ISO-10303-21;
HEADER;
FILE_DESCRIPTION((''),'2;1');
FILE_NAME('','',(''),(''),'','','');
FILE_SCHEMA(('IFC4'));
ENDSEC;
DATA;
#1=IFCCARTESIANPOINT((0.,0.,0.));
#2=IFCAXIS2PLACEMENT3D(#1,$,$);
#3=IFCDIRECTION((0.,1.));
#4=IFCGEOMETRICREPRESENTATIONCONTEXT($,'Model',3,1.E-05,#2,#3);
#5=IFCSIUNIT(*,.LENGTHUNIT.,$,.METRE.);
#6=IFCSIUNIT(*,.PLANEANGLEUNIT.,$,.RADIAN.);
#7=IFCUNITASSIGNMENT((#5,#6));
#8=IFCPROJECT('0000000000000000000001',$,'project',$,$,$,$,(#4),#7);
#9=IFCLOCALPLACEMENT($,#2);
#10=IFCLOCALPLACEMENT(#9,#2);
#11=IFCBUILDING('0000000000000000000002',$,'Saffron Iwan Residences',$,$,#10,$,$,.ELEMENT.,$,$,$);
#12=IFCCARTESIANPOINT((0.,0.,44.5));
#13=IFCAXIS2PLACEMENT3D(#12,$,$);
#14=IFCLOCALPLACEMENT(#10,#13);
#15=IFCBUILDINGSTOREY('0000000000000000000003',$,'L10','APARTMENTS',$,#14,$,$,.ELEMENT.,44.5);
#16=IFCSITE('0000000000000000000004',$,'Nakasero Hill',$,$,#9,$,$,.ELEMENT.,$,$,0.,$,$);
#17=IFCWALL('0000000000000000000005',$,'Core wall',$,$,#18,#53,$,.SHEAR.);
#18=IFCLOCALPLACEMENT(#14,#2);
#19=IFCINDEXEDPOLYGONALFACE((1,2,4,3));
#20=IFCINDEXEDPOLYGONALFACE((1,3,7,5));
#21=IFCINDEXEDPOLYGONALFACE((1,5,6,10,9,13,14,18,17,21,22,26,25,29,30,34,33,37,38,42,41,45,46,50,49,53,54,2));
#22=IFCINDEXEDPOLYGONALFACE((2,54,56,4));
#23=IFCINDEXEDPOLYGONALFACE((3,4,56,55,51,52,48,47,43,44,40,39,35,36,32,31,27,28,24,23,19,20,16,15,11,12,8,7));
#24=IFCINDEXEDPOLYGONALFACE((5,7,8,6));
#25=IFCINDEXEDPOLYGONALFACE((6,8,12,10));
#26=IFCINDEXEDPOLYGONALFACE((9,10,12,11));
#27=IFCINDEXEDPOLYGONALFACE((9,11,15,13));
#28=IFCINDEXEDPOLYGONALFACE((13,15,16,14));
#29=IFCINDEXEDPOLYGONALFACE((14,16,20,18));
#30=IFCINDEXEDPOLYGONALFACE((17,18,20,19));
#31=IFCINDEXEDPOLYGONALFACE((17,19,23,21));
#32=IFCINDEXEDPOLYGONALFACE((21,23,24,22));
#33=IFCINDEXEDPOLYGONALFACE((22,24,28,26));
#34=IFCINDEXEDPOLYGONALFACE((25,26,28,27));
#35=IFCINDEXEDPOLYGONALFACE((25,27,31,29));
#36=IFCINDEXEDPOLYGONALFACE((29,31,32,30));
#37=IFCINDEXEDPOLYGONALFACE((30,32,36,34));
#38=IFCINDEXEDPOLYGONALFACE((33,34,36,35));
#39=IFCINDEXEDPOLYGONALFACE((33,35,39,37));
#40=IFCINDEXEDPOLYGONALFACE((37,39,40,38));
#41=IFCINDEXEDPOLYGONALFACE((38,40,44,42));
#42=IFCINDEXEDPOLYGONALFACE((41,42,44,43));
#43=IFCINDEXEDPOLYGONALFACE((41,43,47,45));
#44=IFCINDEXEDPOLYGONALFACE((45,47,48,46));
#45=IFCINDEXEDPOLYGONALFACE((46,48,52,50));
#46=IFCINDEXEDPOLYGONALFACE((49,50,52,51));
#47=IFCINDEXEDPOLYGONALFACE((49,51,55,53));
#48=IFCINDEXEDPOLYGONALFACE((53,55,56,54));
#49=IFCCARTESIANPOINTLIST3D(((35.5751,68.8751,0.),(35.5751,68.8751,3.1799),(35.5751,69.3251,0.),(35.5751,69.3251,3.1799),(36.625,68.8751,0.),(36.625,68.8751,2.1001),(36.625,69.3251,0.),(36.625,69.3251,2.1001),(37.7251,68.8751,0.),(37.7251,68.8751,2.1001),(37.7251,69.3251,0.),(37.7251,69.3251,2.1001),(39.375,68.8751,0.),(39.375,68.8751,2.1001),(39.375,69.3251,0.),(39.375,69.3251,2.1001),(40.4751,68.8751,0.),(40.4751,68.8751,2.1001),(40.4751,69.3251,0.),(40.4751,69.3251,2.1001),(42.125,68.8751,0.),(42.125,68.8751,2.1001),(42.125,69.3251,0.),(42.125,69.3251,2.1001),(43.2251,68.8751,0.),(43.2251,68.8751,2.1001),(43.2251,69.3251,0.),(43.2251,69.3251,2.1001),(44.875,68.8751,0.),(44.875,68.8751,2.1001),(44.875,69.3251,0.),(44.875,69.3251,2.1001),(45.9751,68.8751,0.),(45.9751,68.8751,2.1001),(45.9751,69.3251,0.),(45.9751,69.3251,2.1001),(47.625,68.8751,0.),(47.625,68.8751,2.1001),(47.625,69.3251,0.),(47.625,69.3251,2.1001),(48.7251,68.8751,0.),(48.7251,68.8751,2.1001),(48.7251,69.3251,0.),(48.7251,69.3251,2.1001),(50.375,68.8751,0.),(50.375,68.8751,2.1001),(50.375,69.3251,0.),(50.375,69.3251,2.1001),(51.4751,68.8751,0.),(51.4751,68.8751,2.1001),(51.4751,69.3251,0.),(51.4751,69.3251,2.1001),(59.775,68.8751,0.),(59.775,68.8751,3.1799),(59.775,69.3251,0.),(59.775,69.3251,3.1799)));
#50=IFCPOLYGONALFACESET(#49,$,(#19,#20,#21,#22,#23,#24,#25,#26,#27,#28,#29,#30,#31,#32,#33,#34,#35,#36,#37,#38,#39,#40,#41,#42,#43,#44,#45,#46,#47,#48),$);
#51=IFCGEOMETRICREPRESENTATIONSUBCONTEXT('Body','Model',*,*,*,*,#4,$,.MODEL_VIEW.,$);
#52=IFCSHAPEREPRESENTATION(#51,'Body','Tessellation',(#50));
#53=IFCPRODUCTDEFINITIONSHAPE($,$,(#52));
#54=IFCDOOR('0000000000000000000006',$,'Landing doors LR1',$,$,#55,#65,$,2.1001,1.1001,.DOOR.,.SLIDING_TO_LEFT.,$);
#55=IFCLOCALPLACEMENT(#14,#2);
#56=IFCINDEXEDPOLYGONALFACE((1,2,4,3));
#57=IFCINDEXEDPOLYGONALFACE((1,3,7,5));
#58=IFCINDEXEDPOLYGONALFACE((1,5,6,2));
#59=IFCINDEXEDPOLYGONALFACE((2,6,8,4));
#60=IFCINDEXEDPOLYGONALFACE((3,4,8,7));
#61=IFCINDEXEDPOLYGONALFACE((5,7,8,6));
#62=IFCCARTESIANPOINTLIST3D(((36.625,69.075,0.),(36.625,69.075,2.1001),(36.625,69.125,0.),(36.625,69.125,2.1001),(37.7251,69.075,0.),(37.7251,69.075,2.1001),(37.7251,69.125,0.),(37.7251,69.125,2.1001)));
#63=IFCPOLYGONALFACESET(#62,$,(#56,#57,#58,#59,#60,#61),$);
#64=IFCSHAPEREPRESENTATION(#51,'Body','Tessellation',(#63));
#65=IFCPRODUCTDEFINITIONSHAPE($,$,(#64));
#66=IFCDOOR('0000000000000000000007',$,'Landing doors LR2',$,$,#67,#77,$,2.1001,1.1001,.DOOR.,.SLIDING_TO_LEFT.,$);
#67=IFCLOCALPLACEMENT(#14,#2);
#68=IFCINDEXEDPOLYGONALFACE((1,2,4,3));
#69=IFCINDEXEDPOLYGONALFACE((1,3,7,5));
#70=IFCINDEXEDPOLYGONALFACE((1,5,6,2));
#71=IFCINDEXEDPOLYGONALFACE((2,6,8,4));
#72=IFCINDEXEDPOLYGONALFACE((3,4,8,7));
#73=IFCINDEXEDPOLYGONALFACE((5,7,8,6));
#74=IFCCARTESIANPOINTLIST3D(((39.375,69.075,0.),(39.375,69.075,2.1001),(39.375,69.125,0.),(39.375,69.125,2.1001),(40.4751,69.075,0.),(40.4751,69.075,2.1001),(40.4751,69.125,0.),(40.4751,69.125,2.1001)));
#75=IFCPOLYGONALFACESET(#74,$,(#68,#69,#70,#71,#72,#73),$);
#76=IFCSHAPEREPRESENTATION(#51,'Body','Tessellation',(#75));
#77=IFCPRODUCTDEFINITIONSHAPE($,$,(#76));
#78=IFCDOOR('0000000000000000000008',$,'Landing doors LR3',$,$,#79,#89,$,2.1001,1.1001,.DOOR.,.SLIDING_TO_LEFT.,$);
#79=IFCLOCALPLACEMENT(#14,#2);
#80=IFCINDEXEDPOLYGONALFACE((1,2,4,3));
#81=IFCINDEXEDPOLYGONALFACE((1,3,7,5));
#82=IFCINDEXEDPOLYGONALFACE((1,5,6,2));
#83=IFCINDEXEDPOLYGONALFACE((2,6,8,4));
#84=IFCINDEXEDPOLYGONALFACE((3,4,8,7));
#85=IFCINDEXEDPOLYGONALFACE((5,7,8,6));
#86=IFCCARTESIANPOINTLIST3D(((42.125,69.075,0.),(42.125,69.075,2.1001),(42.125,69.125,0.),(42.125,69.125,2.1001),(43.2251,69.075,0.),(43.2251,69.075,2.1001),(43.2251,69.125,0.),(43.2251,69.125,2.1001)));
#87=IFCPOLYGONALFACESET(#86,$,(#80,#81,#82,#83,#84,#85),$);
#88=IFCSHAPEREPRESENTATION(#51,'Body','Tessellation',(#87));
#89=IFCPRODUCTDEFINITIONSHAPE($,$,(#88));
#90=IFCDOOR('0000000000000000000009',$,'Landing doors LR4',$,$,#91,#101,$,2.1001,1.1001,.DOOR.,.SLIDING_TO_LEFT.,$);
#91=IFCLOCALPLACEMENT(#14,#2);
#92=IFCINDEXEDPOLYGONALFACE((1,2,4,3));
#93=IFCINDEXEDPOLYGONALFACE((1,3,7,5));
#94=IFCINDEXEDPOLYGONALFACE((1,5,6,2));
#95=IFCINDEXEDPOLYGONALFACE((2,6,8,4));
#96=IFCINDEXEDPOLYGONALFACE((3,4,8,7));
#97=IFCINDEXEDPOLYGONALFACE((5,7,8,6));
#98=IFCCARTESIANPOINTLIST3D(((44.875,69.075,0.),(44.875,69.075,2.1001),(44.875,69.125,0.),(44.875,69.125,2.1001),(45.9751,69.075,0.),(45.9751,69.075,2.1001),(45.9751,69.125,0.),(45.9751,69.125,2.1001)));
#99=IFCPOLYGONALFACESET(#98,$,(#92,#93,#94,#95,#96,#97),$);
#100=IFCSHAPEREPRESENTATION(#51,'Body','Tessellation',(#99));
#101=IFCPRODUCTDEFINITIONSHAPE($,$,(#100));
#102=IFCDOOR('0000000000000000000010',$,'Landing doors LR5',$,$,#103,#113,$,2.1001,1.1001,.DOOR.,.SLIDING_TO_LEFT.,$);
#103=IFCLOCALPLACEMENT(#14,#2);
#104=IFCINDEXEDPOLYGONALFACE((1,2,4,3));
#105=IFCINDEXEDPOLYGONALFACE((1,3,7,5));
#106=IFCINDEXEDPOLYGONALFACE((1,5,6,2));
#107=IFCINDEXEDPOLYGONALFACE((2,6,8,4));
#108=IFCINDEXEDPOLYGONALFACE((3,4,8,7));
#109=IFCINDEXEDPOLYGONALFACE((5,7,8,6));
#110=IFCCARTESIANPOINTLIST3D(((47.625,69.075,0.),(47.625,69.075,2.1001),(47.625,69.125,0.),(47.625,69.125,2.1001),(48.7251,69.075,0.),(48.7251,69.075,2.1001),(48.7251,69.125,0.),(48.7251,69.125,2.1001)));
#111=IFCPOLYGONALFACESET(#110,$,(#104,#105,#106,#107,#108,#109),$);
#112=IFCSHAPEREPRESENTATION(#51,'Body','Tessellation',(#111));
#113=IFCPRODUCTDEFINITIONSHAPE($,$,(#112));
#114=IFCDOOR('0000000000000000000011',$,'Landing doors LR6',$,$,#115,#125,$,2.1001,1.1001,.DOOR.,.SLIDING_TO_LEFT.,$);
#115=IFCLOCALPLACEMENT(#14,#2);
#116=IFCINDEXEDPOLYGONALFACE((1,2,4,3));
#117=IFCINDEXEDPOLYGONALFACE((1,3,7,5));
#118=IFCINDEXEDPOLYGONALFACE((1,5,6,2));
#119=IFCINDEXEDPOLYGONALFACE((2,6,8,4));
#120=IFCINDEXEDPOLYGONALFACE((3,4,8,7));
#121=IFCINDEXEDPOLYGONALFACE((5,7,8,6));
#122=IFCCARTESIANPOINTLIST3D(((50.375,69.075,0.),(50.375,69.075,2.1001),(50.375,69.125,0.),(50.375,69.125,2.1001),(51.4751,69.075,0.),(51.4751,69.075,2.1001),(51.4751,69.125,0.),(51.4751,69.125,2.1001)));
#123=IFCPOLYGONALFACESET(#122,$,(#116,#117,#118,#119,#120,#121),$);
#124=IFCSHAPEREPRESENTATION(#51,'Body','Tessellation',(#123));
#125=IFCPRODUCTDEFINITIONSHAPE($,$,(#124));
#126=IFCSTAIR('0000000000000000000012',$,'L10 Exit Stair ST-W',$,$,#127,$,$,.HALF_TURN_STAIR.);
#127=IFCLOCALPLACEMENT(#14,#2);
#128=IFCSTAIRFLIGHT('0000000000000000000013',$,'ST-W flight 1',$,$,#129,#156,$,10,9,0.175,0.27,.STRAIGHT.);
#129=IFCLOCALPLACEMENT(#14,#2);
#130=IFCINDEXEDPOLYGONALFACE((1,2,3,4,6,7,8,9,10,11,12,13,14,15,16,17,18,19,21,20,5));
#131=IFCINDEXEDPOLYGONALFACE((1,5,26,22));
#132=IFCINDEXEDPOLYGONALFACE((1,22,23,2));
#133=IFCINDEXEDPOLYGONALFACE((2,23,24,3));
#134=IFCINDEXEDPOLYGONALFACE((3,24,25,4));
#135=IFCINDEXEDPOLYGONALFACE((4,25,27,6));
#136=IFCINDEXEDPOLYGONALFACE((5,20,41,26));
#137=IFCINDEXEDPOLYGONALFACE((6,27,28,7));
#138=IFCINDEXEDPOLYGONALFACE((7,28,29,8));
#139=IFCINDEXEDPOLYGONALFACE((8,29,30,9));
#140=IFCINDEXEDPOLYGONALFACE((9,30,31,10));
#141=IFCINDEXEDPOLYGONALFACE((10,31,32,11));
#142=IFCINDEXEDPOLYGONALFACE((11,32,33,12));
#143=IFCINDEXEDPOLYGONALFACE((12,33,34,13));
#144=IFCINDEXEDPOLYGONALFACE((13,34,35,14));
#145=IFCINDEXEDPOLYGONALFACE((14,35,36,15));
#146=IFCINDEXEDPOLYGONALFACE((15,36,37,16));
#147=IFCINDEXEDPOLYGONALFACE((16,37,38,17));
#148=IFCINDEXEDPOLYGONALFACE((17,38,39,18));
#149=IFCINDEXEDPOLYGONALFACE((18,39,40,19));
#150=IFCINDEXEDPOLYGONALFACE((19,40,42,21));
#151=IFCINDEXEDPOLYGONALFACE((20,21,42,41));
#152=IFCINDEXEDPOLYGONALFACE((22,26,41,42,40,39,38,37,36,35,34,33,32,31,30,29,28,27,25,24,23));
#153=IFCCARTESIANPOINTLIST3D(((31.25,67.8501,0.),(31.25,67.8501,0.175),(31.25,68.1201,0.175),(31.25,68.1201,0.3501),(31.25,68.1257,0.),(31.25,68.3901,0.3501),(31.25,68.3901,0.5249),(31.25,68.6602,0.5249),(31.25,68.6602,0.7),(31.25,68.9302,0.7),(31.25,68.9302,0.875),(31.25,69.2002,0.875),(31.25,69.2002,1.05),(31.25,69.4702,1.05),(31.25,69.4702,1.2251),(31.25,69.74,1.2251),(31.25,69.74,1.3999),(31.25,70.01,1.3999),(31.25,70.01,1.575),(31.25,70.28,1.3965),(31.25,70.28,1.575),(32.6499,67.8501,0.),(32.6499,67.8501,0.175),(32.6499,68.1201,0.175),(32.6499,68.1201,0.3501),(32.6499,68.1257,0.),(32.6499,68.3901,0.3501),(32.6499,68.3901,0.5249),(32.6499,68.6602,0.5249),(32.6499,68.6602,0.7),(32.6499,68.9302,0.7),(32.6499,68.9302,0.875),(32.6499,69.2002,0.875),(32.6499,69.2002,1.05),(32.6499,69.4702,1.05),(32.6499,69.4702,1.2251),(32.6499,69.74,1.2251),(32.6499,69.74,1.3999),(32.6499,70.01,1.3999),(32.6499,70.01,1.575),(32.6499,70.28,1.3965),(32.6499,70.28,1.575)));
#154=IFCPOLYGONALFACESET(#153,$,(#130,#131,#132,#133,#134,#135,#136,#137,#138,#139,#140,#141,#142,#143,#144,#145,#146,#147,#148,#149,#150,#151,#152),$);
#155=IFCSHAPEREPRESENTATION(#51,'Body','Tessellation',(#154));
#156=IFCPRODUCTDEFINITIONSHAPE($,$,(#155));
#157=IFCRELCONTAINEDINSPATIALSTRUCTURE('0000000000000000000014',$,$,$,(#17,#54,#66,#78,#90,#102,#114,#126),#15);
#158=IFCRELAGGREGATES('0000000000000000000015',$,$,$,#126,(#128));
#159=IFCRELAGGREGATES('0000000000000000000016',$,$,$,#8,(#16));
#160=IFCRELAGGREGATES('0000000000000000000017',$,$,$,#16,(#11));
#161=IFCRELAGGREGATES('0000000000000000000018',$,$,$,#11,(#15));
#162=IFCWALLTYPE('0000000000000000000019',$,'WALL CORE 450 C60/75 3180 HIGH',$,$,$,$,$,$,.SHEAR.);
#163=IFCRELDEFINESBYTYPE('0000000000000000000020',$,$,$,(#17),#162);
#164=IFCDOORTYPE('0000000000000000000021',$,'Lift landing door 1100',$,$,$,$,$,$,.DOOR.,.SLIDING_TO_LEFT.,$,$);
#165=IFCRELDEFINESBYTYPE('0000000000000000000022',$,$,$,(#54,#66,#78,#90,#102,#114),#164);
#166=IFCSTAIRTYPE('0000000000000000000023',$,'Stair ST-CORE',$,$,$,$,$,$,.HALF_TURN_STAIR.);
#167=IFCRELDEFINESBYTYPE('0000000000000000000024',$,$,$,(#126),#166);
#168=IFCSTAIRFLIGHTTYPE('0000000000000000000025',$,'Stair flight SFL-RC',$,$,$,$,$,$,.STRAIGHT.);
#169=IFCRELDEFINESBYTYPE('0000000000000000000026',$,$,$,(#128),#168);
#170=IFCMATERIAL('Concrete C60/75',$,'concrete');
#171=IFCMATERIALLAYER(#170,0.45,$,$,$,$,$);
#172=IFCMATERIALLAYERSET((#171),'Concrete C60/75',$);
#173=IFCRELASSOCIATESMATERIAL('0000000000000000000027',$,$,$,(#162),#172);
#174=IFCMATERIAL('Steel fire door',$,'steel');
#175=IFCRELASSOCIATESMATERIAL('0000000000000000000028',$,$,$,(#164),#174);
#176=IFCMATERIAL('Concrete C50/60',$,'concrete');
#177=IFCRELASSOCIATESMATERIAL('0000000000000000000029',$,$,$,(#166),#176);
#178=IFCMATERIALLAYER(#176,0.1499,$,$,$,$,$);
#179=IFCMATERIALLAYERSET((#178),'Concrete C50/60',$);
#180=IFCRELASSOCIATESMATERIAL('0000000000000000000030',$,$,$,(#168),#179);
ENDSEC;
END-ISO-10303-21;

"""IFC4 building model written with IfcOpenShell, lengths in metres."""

from ifc_helpers import new_model, si_unit, direction, frame, frame_2d, origin, place, context, subcontext, project, spatial, polyline, rectangle, outline, extrude, material, layer, layer_set, type_object, element, fill, aggregate, save


model = new_model("IFC4")

# Units and contexts
model_context = context("Model", 3, precision=1e-05, world=origin(), true_north=direction((0.0, 1.0)))
body_context = subcontext(model_context, "Body", "Model", "MODEL_VIEW")
ifc_project = project(units=[si_unit("LENGTHUNIT", "METRE"), si_unit("PLANEANGLEUNIT", "RADIAN")], contexts=[model_context])

# Site, building, storey
site_placement = place(None, origin())
site = spatial("IfcSite", under=ifc_project, at=site_placement, Name="Nakasero Hill", CompositionType="ELEMENT", RefElevation=0.0)
building_placement = place(site_placement, origin())
building = spatial("IfcBuilding", under=site, at=building_placement, Name="Saffron Iwan Residences", CompositionType="ELEMENT")
storey_placement = place(building_placement, frame((0.0, 0.0, 44.5)))
storey = spatial("IfcBuildingStorey", under=building, at=storey_placement, Name="L10", Description="APARTMENTS", CompositionType="ELEMENT", Elevation=44.5)

# Wall, openings, doors
ifc_material_1 = material(Name="Concrete C60/75", Category="concrete")
ifc_layer_1 = layer(ifc_material_1, 0.45)
ifc_layer_set_1 = layer_set([ifc_layer_1], Name="Concrete C60/75")
wall_type = type_object("IfcWallType", Name="WALL CORE 450 C60/75 3180 HIGH", PredefinedType="SHEAR", material=ifc_layer_set_1)
wall_placement = place(storey_placement, frame((35.575, 69.1001, 0.0), z_axis=(0.0, 0.0, 1.0), x_axis=(1.0, 0.0, 0.0)))
wall = element("IfcWall", 1, at=wall_placement, inside=storey, type_object=wall_type, Name="Core wall", PredefinedType="SHEAR", context=body_context, shape_type="SweptSolid", body=[
    extrude(rectangle(XDim=24.2, YDim=0.45, at=frame_2d((12.1001, 0.0))), origin(), (0.0, 0.0, 1.0), 3.1799),
])
opening_1_placement = place(wall_placement, frame((1.05, 0.0, 0.0)))
opening_1 = element("IfcOpeningElement", 2, at=opening_1_placement, cuts=wall, PredefinedType="OPENING", context=body_context, shape_type="SweptSolid", body=[
    extrude(rectangle(XDim=1.1001, YDim=2.1001, at=frame_2d((0.55, 1.05))), frame((0.0, 0.2349, 0.0), z_axis=(0.0, -1.0, 0.0), x_axis=(1.0, 0.0, 0.0)), (0.0, 0.0, 1.0), 0.47),
])
opening_2_placement = place(wall_placement, frame((3.8, 0.0, 0.0)))
opening_2 = element("IfcOpeningElement", 3, at=opening_2_placement, cuts=wall, PredefinedType="OPENING", context=body_context, shape_type="SweptSolid", body=[
    extrude(rectangle(XDim=1.1001, YDim=2.1001, at=frame_2d((0.55, 1.05))), frame((0.0, 0.2349, 0.0), z_axis=(0.0, -1.0, 0.0), x_axis=(1.0, 0.0, 0.0)), (0.0, 0.0, 1.0), 0.47),
])
opening_3_placement = place(wall_placement, frame((6.55, 0.0, 0.0)))
opening_3 = element("IfcOpeningElement", 4, at=opening_3_placement, cuts=wall, PredefinedType="OPENING", context=body_context, shape_type="SweptSolid", body=[
    extrude(rectangle(XDim=1.1001, YDim=2.1001, at=frame_2d((0.55, 1.05))), frame((0.0, 0.2349, 0.0), z_axis=(0.0, -1.0, 0.0), x_axis=(1.0, 0.0, 0.0)), (0.0, 0.0, 1.0), 0.47),
])
opening_4_placement = place(wall_placement, frame((9.3, 0.0, 0.0)))
opening_4 = element("IfcOpeningElement", 5, at=opening_4_placement, cuts=wall, PredefinedType="OPENING", context=body_context, shape_type="SweptSolid", body=[
    extrude(rectangle(XDim=1.1001, YDim=2.1001, at=frame_2d((0.55, 1.05))), frame((0.0, 0.2349, 0.0), z_axis=(0.0, -1.0, 0.0), x_axis=(1.0, 0.0, 0.0)), (0.0, 0.0, 1.0), 0.47),
])
opening_5_placement = place(wall_placement, frame((12.05, 0.0, 0.0)))
opening_5 = element("IfcOpeningElement", 6, at=opening_5_placement, cuts=wall, PredefinedType="OPENING", context=body_context, shape_type="SweptSolid", body=[
    extrude(rectangle(XDim=1.1001, YDim=2.1001, at=frame_2d((0.55, 1.05))), frame((0.0, 0.2349, 0.0), z_axis=(0.0, -1.0, 0.0), x_axis=(1.0, 0.0, 0.0)), (0.0, 0.0, 1.0), 0.47),
])
opening_6_placement = place(wall_placement, frame((14.8, 0.0, 0.0)))
opening_6 = element("IfcOpeningElement", 7, at=opening_6_placement, cuts=wall, PredefinedType="OPENING", context=body_context, shape_type="SweptSolid", body=[
    extrude(rectangle(XDim=1.1001, YDim=2.1001, at=frame_2d((0.55, 1.05))), frame((0.0, 0.2349, 0.0), z_axis=(0.0, -1.0, 0.0), x_axis=(1.0, 0.0, 0.0)), (0.0, 0.0, 1.0), 0.47),
])
ifc_material_2 = material(Name="Steel fire door", Category="steel")
door_type = type_object("IfcDoorType", Name="Lift landing door 1100", OperationType="SLIDING_TO_LEFT", PredefinedType="DOOR", material=ifc_material_2)
door_1_placement = place(opening_1_placement, origin())
door_1 = element("IfcDoor", 8, at=door_1_placement, inside=storey, type_object=door_type, Name="Landing doors LR1", OperationType="SLIDING_TO_LEFT", OverallHeight=2.1001, OverallWidth=1.1001, PredefinedType="DOOR", context=body_context, shape_type="SweptSolid", body=[
    extrude(rectangle(XDim=1.1001, YDim=2.1001, at=frame_2d((0.55, 1.05))), frame((0.0, 0.0249, 0.0), z_axis=(0.0, -1.0, 0.0), x_axis=(1.0, 0.0, 0.0)), (0.0, 0.0, 1.0), 0.05),
])
fill(opening_1, door_1)
door_2_placement = place(opening_2_placement, origin())
door_2 = element("IfcDoor", 9, at=door_2_placement, inside=storey, type_object=door_type, Name="Landing doors LR2", OperationType="SLIDING_TO_LEFT", OverallHeight=2.1001, OverallWidth=1.1001, PredefinedType="DOOR", context=body_context, shape_type="SweptSolid", body=[
    extrude(rectangle(XDim=1.1001, YDim=2.1001, at=frame_2d((0.55, 1.05))), frame((0.0, 0.0249, 0.0), z_axis=(0.0, -1.0, 0.0), x_axis=(1.0, 0.0, 0.0)), (0.0, 0.0, 1.0), 0.05),
])
fill(opening_2, door_2)
door_3_placement = place(opening_3_placement, origin())
door_3 = element("IfcDoor", 10, at=door_3_placement, inside=storey, type_object=door_type, Name="Landing doors LR3", OperationType="SLIDING_TO_LEFT", OverallHeight=2.1001, OverallWidth=1.1001, PredefinedType="DOOR", context=body_context, shape_type="SweptSolid", body=[
    extrude(rectangle(XDim=1.1001, YDim=2.1001, at=frame_2d((0.55, 1.05))), frame((0.0, 0.0249, 0.0), z_axis=(0.0, -1.0, 0.0), x_axis=(1.0, 0.0, 0.0)), (0.0, 0.0, 1.0), 0.05),
])
fill(opening_3, door_3)
door_4_placement = place(opening_4_placement, origin())
door_4 = element("IfcDoor", 11, at=door_4_placement, inside=storey, type_object=door_type, Name="Landing doors LR4", OperationType="SLIDING_TO_LEFT", OverallHeight=2.1001, OverallWidth=1.1001, PredefinedType="DOOR", context=body_context, shape_type="SweptSolid", body=[
    extrude(rectangle(XDim=1.1001, YDim=2.1001, at=frame_2d((0.55, 1.05))), frame((0.0, 0.0249, 0.0), z_axis=(0.0, -1.0, 0.0), x_axis=(1.0, 0.0, 0.0)), (0.0, 0.0, 1.0), 0.05),
])
fill(opening_4, door_4)
door_5_placement = place(opening_5_placement, origin())
door_5 = element("IfcDoor", 12, at=door_5_placement, inside=storey, type_object=door_type, Name="Landing doors LR5", OperationType="SLIDING_TO_LEFT", OverallHeight=2.1001, OverallWidth=1.1001, PredefinedType="DOOR", context=body_context, shape_type="SweptSolid", body=[
    extrude(rectangle(XDim=1.1001, YDim=2.1001, at=frame_2d((0.55, 1.05))), frame((0.0, 0.0249, 0.0), z_axis=(0.0, -1.0, 0.0), x_axis=(1.0, 0.0, 0.0)), (0.0, 0.0, 1.0), 0.05),
])
fill(opening_5, door_5)
door_6_placement = place(opening_6_placement, origin())
door_6 = element("IfcDoor", 13, at=door_6_placement, inside=storey, type_object=door_type, Name="Landing doors LR6", OperationType="SLIDING_TO_LEFT", OverallHeight=2.1001, OverallWidth=1.1001, PredefinedType="DOOR", context=body_context, shape_type="SweptSolid", body=[
    extrude(rectangle(XDim=1.1001, YDim=2.1001, at=frame_2d((0.55, 1.05))), frame((0.0, 0.0249, 0.0), z_axis=(0.0, -1.0, 0.0), x_axis=(1.0, 0.0, 0.0)), (0.0, 0.0, 1.0), 0.05),
])
fill(opening_6, door_6)

# Stair, stair flight
ifc_material_3 = material(Name="Concrete C50/60", Category="concrete")
stair_type = type_object("IfcStairType", Name="Stair ST-CORE", PredefinedType="HALF_TURN_STAIR", material=ifc_material_3)
stair_placement = place(storey_placement, origin())
stair = element("IfcStair", 14, at=stair_placement, inside=storey, type_object=stair_type, Name="L10 Exit Stair ST-W", PredefinedType="HALF_TURN_STAIR")
ifc_layer_2 = layer(ifc_material_3, 0.1499)
ifc_layer_set_2 = layer_set([ifc_layer_2], Name="Concrete C50/60")
stair_flight_type = type_object("IfcStairFlightType", Name="Stair flight SFL-RC", PredefinedType="STRAIGHT", material=ifc_layer_set_2)
stair_flight_placement = place(storey_placement, frame((31.95, 67.8501, 0.0), z_axis=(0.0, 0.0, 1.0), x_axis=(0.0, 1.0, 0.0)))
stair_flight = element("IfcStairFlight", 15, at=stair_flight_placement, type_object=stair_flight_type, Name="ST-W flight 1", NumberOfRisers=10, NumberOfTreads=9, PredefinedType="STRAIGHT", RiserHeight=0.175, TreadLength=0.27, context=body_context, shape_type="SweptSolid", body=[
    extrude(outline(polyline([(0.0, 0.0), (0.0, 0.175), (0.27, 0.175), (0.27, 0.3501), (0.54, 0.3501), (0.54, 0.5249), (0.8101, 0.5249), (0.8101, 0.7), (1.0801, 0.7), (1.0801, 0.875), (1.3501, 0.875), (1.3501, 1.05), (1.6201, 1.05), (1.6201, 1.2251), (1.8899, 1.2251), (1.8899, 1.3999), (2.1599, 1.3999), (2.1599, 1.575), (2.4299, 1.575), (2.4299, 1.75), (2.4299, 1.3965), (0.2756, 0.0), (0.0, 0.0)])), frame((0.0, 0.7, 0.0), z_axis=(0.0, -1.0, 0.0), x_axis=(1.0, 0.0, 0.0)), (0.0, 0.0, 1.0), 1.3999),
])
aggregate(stair, [stair_flight])

save(model, "model.ifc")
